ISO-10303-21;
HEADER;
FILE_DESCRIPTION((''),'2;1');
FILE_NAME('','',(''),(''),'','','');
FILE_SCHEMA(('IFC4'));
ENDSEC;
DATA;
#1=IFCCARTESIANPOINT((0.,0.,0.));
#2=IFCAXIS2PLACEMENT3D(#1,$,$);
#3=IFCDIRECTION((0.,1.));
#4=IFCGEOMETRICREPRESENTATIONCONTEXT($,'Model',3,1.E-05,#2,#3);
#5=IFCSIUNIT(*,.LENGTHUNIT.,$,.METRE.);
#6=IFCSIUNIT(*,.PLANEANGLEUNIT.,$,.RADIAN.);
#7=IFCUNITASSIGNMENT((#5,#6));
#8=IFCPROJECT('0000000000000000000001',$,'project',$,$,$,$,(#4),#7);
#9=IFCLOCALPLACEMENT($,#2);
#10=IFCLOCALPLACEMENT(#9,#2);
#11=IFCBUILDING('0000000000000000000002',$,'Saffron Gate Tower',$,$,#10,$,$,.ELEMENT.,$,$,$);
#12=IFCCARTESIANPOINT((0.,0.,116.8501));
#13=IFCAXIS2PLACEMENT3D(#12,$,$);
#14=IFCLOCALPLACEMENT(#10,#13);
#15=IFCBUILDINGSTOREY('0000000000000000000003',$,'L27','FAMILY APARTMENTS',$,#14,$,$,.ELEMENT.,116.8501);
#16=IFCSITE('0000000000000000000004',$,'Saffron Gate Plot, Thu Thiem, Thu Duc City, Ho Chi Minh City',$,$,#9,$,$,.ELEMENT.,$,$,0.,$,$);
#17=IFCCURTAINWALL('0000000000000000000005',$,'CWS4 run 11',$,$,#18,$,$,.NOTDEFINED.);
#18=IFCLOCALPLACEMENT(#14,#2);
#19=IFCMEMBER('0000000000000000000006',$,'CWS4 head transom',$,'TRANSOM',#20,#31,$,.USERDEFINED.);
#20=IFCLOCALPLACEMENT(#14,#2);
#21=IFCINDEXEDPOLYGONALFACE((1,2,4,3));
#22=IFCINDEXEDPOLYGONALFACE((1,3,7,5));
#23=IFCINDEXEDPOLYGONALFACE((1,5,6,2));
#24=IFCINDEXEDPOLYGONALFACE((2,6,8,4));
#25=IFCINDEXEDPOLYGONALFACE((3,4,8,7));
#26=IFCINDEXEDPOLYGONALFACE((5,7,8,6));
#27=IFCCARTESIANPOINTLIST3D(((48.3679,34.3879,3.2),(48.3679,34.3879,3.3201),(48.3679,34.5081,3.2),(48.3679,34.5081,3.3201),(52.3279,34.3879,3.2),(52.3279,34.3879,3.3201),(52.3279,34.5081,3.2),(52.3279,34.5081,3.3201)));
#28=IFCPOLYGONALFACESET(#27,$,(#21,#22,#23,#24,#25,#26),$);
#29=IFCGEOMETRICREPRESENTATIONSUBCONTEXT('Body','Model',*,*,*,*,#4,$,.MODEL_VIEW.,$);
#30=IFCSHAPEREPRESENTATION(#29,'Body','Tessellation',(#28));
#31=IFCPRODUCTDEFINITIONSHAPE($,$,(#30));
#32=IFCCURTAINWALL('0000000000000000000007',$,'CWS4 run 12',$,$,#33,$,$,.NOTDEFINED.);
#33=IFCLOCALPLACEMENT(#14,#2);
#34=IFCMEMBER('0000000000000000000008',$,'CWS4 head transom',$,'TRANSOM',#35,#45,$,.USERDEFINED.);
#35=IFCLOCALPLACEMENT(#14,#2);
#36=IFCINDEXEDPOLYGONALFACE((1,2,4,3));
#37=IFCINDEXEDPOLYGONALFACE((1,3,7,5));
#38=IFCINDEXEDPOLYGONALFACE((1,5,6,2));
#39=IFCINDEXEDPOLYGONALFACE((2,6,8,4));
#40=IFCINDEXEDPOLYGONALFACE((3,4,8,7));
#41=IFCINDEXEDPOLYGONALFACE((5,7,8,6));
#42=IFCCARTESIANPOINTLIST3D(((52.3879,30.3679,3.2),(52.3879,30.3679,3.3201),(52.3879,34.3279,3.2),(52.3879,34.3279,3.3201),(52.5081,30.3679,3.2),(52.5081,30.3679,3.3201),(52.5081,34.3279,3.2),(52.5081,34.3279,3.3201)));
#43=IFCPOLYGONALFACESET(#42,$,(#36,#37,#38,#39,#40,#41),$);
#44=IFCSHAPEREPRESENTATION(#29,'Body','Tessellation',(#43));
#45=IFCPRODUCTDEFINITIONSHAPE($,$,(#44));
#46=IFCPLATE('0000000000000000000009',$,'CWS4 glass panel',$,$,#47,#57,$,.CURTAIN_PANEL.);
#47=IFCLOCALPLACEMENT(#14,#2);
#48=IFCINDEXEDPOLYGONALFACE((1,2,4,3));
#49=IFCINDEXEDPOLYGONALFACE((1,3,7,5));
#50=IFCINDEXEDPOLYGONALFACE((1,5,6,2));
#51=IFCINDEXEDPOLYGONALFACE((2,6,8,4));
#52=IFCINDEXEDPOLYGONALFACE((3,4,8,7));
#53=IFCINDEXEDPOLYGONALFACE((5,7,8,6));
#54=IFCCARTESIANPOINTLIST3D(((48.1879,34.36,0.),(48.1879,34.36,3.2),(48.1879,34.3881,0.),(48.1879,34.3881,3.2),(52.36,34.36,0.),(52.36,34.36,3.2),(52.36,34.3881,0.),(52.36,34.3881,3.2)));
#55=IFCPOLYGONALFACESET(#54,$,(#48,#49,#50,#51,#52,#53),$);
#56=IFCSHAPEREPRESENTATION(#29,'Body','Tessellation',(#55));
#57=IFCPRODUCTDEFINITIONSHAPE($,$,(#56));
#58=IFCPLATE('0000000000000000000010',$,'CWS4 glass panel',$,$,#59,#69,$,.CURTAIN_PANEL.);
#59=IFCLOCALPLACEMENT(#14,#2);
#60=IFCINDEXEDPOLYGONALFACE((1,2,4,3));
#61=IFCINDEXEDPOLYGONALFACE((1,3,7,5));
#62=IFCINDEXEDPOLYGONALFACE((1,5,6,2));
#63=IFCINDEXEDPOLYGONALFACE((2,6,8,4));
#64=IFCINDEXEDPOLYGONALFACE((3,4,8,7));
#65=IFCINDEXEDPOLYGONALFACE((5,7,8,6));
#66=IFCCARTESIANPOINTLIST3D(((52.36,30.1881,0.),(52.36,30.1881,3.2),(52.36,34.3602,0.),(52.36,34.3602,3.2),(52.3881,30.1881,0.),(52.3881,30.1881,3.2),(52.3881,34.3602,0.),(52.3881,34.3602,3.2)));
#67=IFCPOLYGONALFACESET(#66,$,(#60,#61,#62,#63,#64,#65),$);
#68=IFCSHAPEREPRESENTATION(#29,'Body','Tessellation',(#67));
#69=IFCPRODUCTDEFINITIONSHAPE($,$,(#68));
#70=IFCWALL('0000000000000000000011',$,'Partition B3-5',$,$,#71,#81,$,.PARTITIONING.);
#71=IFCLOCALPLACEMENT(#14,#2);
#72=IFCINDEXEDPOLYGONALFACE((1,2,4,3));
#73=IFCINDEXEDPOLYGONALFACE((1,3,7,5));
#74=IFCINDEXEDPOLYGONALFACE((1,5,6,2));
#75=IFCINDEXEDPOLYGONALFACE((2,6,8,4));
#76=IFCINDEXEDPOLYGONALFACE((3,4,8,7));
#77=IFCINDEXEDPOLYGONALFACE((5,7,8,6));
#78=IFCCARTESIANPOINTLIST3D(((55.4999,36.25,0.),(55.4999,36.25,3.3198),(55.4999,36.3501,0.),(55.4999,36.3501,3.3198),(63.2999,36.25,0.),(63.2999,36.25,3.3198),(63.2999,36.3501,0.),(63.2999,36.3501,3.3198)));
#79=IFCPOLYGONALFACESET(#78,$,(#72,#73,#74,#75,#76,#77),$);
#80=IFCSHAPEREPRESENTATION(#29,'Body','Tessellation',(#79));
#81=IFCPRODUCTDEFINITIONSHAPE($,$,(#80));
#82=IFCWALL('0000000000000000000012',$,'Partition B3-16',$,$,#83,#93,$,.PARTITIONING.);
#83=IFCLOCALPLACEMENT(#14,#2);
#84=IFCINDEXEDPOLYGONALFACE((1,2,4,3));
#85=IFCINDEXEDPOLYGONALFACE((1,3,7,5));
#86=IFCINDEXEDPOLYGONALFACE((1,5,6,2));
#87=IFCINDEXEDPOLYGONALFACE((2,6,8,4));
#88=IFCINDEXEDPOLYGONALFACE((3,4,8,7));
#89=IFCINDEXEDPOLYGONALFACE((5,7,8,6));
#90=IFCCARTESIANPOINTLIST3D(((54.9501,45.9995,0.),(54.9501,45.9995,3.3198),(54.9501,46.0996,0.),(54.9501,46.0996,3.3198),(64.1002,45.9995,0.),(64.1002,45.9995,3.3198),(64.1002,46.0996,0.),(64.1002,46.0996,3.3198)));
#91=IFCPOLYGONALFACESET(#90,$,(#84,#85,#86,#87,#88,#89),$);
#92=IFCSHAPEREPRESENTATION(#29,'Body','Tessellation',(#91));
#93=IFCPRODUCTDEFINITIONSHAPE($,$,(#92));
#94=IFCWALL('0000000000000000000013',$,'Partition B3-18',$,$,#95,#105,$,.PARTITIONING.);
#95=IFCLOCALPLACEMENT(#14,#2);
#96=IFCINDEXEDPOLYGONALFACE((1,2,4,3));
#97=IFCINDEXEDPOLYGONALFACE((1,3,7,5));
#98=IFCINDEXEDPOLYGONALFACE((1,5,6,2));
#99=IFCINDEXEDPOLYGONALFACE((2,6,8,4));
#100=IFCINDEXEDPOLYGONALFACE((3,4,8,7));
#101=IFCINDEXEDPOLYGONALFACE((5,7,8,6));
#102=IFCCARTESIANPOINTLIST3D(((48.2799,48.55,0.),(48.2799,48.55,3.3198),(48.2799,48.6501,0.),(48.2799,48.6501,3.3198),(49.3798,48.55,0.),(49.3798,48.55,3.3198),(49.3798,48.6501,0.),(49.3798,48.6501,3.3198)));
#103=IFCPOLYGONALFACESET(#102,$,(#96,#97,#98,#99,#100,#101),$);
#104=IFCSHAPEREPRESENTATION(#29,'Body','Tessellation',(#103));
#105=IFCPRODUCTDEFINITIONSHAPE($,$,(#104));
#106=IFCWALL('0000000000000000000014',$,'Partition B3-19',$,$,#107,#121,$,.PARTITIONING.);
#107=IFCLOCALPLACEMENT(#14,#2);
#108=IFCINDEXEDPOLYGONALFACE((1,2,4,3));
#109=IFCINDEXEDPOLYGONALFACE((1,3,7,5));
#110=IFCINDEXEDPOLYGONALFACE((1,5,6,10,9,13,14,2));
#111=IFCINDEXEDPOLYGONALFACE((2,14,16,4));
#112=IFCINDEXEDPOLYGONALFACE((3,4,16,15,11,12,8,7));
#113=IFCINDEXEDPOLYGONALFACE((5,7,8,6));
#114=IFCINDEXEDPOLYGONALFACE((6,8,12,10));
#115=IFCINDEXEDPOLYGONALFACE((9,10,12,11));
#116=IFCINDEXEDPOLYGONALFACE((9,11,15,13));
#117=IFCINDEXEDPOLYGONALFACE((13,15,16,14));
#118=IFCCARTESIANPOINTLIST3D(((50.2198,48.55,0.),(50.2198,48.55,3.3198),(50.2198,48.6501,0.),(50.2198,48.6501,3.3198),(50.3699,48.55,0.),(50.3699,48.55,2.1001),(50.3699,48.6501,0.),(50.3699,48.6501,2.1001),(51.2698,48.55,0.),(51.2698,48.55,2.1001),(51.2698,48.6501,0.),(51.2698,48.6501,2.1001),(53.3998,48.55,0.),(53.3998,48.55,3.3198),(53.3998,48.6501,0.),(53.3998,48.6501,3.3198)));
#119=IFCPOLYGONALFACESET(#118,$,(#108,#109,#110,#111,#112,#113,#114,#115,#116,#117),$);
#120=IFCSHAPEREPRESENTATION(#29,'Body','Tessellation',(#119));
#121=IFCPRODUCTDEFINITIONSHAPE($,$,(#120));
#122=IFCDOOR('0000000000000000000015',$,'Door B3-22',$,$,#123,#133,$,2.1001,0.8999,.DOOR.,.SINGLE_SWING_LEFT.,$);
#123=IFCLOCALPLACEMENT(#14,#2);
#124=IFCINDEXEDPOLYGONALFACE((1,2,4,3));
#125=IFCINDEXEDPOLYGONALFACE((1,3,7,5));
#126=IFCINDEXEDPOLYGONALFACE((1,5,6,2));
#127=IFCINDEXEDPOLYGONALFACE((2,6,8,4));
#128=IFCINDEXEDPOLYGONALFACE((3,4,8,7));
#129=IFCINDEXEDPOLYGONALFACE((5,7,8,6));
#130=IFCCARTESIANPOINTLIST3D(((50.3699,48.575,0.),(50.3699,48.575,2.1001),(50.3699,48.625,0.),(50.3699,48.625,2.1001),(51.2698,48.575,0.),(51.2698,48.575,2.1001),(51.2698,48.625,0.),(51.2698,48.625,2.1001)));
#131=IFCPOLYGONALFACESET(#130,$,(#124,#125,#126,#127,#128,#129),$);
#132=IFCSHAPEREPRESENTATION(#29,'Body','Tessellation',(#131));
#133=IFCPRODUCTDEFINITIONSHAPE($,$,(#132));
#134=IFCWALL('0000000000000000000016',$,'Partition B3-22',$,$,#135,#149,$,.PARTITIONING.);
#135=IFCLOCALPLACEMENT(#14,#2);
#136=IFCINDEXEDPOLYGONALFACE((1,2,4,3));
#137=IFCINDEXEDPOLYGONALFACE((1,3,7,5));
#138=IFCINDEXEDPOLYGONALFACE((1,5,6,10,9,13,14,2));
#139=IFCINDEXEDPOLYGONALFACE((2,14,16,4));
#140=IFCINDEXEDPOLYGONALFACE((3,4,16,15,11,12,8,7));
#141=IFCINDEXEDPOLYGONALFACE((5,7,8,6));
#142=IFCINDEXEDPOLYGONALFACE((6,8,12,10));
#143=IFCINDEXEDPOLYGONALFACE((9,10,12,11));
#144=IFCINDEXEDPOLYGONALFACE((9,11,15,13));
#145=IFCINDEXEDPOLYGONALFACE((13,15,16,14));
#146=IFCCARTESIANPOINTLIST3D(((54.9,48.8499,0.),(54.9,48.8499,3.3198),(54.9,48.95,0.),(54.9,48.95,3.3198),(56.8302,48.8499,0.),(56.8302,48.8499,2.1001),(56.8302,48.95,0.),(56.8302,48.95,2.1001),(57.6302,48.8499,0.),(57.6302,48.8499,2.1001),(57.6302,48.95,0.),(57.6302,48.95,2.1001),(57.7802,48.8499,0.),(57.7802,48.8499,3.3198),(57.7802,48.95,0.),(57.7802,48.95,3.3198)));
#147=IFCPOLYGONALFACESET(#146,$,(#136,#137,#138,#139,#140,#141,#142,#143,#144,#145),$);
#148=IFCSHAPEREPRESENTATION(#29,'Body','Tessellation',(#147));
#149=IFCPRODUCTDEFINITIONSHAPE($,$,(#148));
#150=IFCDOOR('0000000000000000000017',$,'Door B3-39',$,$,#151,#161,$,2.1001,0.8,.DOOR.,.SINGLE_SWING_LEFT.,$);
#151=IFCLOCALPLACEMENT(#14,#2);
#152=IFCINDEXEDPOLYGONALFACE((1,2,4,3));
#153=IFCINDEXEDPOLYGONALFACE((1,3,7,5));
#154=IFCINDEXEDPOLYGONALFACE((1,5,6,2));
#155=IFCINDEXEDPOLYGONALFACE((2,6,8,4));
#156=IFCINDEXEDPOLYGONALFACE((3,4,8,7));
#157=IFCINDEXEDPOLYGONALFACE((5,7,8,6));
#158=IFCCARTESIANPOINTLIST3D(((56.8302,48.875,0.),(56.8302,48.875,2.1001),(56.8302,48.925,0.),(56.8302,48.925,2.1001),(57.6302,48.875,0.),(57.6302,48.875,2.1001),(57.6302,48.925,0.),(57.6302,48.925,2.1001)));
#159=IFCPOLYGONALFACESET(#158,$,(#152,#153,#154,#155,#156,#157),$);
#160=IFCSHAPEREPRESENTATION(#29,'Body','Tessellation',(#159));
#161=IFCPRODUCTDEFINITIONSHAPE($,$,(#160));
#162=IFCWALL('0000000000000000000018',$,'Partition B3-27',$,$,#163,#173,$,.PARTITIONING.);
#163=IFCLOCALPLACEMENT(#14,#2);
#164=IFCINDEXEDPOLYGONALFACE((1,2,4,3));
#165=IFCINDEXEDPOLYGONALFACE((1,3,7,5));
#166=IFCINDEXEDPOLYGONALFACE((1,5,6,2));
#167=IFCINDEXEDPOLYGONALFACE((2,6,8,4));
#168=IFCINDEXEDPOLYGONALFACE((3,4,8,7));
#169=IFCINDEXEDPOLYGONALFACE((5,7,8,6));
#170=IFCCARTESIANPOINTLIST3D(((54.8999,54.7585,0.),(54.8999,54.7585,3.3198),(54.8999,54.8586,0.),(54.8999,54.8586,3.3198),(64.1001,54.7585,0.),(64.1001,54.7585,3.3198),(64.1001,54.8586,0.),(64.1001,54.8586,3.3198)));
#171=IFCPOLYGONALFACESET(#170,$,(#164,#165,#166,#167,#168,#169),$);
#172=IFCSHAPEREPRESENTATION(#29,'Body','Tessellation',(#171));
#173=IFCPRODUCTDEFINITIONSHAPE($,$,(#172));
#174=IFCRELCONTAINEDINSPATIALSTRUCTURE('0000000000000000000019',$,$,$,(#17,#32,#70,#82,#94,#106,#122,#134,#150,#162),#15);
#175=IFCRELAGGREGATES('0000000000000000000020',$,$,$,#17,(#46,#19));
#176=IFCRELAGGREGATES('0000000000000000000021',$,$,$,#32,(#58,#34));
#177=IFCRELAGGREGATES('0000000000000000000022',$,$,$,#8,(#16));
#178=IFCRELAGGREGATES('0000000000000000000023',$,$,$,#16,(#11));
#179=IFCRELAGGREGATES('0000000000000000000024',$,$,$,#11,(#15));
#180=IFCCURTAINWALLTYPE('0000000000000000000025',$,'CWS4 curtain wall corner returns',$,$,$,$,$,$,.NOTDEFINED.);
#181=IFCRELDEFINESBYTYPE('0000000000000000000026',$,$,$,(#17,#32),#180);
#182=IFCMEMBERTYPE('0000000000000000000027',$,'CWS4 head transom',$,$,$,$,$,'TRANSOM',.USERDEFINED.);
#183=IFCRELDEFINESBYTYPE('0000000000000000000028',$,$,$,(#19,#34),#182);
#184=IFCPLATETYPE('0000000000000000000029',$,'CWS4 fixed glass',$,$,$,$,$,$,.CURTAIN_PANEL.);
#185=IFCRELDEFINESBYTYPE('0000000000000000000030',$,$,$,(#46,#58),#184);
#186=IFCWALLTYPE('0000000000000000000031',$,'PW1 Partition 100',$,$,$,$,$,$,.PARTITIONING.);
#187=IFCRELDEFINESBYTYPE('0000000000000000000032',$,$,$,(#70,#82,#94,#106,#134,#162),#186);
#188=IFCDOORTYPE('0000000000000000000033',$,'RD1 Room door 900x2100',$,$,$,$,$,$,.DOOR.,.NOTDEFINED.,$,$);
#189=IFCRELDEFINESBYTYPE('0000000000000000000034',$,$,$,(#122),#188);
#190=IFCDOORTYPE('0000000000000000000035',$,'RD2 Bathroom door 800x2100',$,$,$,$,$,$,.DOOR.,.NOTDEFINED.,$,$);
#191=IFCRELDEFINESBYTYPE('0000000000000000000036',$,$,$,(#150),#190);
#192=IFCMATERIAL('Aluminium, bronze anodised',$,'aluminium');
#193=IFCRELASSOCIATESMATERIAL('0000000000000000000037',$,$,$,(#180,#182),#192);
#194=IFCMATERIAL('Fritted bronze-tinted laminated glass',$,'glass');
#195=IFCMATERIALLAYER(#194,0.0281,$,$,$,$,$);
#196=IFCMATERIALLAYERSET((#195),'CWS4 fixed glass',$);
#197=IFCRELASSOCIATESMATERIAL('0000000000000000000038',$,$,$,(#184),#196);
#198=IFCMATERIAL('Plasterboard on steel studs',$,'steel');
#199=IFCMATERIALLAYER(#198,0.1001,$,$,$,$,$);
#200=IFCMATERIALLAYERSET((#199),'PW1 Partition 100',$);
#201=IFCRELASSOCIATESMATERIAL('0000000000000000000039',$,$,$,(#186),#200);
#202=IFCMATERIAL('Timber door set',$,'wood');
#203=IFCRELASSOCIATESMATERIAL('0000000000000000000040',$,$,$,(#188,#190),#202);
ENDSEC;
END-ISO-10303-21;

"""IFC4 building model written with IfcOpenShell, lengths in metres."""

from ifc_helpers import new_model, si_unit, direction, frame, frame_2d, origin, origin_2d, place, context, subcontext, project, spatial, rectangle, extrude, material, layer, layer_set, material_profile, profile_set, type_object, element, fill, aggregate, save


model = new_model("IFC4")

# Units and contexts
model_context = context("Model", 3, precision=1e-05, world=origin(), true_north=direction((0.0, 1.0)))
body_context = subcontext(model_context, "Body", "Model", "MODEL_VIEW")
ifc_project = project(units=[si_unit("LENGTHUNIT", "METRE"), si_unit("PLANEANGLEUNIT", "RADIAN")], contexts=[model_context])

# Site, building, storey
site_placement = place(None, origin())
site = spatial("IfcSite", under=ifc_project, at=site_placement, Name="Saffron Gate Plot, Thu Thiem, Thu Duc City, Ho Chi Minh City", CompositionType="ELEMENT", RefElevation=0.0)
building_placement = place(site_placement, origin())
building = spatial("IfcBuilding", under=site, at=building_placement, Name="Saffron Gate Tower", CompositionType="ELEMENT")
storey_placement = place(building_placement, frame((0.0, 0.0, 116.8501)))
storey = spatial("IfcBuildingStorey", under=building, at=storey_placement, Name="L27", Description="FAMILY APARTMENTS", CompositionType="ELEMENT", Elevation=116.8501)

# Shared definitions
ifc_material_1 = material(Name="Aluminium, bronze anodised", Category="aluminium")

# Curtain walls, members
curtain_wall_type_1 = type_object("IfcCurtainWallType", Name="CWS4 curtain wall corner returns", PredefinedType="NOTDEFINED", material=ifc_material_1)
curtain_wall_1_placement = place(storey_placement, origin())
curtain_wall_1 = element("IfcCurtainWall", 1, at=curtain_wall_1_placement, inside=storey, type_object=curtain_wall_type_1, Name="CWS4 run 11", PredefinedType="NOTDEFINED")
ifc_material_profile_1 = material_profile(ifc_material_1, rectangle(XDim=0.1201, YDim=0.1201, at=origin_2d()))
ifc_profile_set_1 = profile_set([ifc_material_profile_1], Name="Aluminium, bronze anodised")
member_type_1 = type_object("IfcMemberType", Name="CWS4 head transom", ElementType="TRANSOM", PredefinedType="USERDEFINED", material=ifc_profile_set_1)
member_1_placement = place(storey_placement, frame((48.3679, 34.448, 3.26), z_axis=(1.0, 0.0, 0.0), x_axis=(0.0, 1.0, 0.0)))
member_1 = element("IfcMember", 2, at=member_1_placement, type_object=member_type_1, Name="CWS4 head transom", ObjectType="TRANSOM", PredefinedType="USERDEFINED", context=body_context, shape_type="SweptSolid", body=[
    extrude(rectangle(XDim=0.1201, YDim=0.1201, at=origin_2d()), origin(), (0.0, 0.0, 1.0), 3.96),
])
curtain_wall_2_placement = place(storey_placement, origin())
curtain_wall_2 = element("IfcCurtainWall", 3, at=curtain_wall_2_placement, inside=storey, type_object=curtain_wall_type_1, Name="CWS4 run 12", PredefinedType="NOTDEFINED")
member_2_placement = place(storey_placement, frame((52.448, 34.3279, 3.26), z_axis=(0.0, -1.0, 0.0), x_axis=(1.0, 0.0, 0.0)))
member_2 = element("IfcMember", 4, at=member_2_placement, type_object=member_type_1, Name="CWS4 head transom", ObjectType="TRANSOM", PredefinedType="USERDEFINED", context=body_context, shape_type="SweptSolid", body=[
    extrude(rectangle(XDim=0.1201, YDim=0.1201, at=origin_2d()), origin(), (0.0, 0.0, 1.0), 3.96),
])

# Plates
ifc_material_2 = material(Name="Fritted bronze-tinted laminated glass", Category="glass")
ifc_layer_1 = layer(ifc_material_2, 0.0281)
ifc_layer_set_1 = layer_set([ifc_layer_1], Name="CWS4 fixed glass")
plate_type = type_object("IfcPlateType", Name="CWS4 fixed glass", PredefinedType="CURTAIN_PANEL", material=ifc_layer_set_1)
plate_1_placement = place(storey_placement, frame((48.188, 34.374, 0.0), z_axis=(0.0, 0.0, 1.0), x_axis=(1.0, 0.0, 0.0)))
plate_1 = element("IfcPlate", 5, at=plate_1_placement, type_object=plate_type, Name="CWS4 glass panel", PredefinedType="CURTAIN_PANEL", context=body_context, shape_type="SweptSolid", body=[
    extrude(rectangle(XDim=4.1721, YDim=0.0281, at=frame_2d((2.0859, 0.0))), origin(), (0.0, 0.0, 1.0), 3.2),
])
aggregate(curtain_wall_1, [plate_1, member_1])
plate_2_placement = place(storey_placement, frame((52.374, 34.3601, 0.0), z_axis=(0.0, 0.0, 1.0), x_axis=(0.0, -1.0, 0.0)))
plate_2 = element("IfcPlate", 6, at=plate_2_placement, type_object=plate_type, Name="CWS4 glass panel", PredefinedType="CURTAIN_PANEL", context=body_context, shape_type="SweptSolid", body=[
    extrude(rectangle(XDim=4.1721, YDim=0.0281, at=frame_2d((2.0859, 0.0))), origin(), (0.0, 0.0, 1.0), 3.2),
])
aggregate(curtain_wall_2, [plate_2, member_2])

# Walls
ifc_material_3 = material(Name="Plasterboard on steel studs", Category="steel")
ifc_layer_2 = layer(ifc_material_3, 0.1001)
ifc_layer_set_2 = layer_set([ifc_layer_2], Name="PW1 Partition 100")
wall_type_1 = type_object("IfcWallType", Name="PW1 Partition 100", PredefinedType="PARTITIONING", material=ifc_layer_set_2)
wall_1_placement = place(storey_placement, frame((55.5, 36.3, 0.0), z_axis=(0.0, 0.0, 1.0), x_axis=(1.0, 0.0, 0.0)))
element("IfcWall", 7, at=wall_1_placement, inside=storey, type_object=wall_type_1, Name="Partition B3-5", PredefinedType="PARTITIONING", context=body_context, shape_type="SweptSolid", body=[
    extrude(rectangle(XDim=7.8, YDim=0.1001, at=frame_2d((3.8999, 0.0))), origin(), (0.0, 0.0, 1.0), 3.3198),
])
wall_2_placement = place(storey_placement, frame((54.95, 46.0496, 0.0), z_axis=(0.0, 0.0, 1.0), x_axis=(1.0, 0.0, 0.0)))
element("IfcWall", 8, at=wall_2_placement, inside=storey, type_object=wall_type_1, Name="Partition B3-16", PredefinedType="PARTITIONING", context=body_context, shape_type="SweptSolid", body=[
    extrude(rectangle(XDim=9.1501, YDim=0.1001, at=frame_2d((4.5752, 0.0))), origin(), (0.0, 0.0, 1.0), 3.3198),
])
wall_3_placement = place(storey_placement, frame((48.28, 48.6001, 0.0), z_axis=(0.0, 0.0, 1.0), x_axis=(1.0, 0.0, 0.0)))
element("IfcWall", 9, at=wall_3_placement, inside=storey, type_object=wall_type_1, Name="Partition B3-18", PredefinedType="PARTITIONING", context=body_context, shape_type="SweptSolid", body=[
    extrude(rectangle(XDim=1.0999, YDim=0.1001, at=frame_2d((0.5498, 0.0))), origin(), (0.0, 0.0, 1.0), 3.3198),
])

# Walls, openings, doors
wall_4_placement = place(storey_placement, frame((50.22, 48.6001, 0.0), z_axis=(0.0, 0.0, 1.0), x_axis=(1.0, 0.0, 0.0)))
wall_4 = element("IfcWall", 10, at=wall_4_placement, inside=storey, type_object=wall_type_1, Name="Partition B3-19", PredefinedType="PARTITIONING", context=body_context, shape_type="SweptSolid", body=[
    extrude(rectangle(XDim=3.1799, YDim=0.1001, at=frame_2d((1.5898, 0.0))), origin(), (0.0, 0.0, 1.0), 3.3198),
])
opening_1_placement = place(wall_4_placement, frame((0.1499, 0.0, 0.0)))
opening_1 = element("IfcOpeningElement", 11, at=opening_1_placement, cuts=wall_4, PredefinedType="OPENING", context=body_context, shape_type="SweptSolid", body=[
    extrude(rectangle(XDim=0.8999, YDim=2.1001, at=frame_2d((0.45, 1.05))), frame((0.0, 0.0601, 0.0), z_axis=(0.0, -1.0, 0.0), x_axis=(1.0, 0.0, 0.0)), (0.0, 0.0, 1.0), 0.1201),
])
ifc_material_4 = material(Name="Timber door set", Category="wood")
door_type_1 = type_object("IfcDoorType", Name="RD1 Room door 900x2100", OperationType="NOTDEFINED", PredefinedType="DOOR", material=ifc_material_4)
door_1_placement = place(opening_1_placement, origin())
door_1 = element("IfcDoor", 12, at=door_1_placement, inside=storey, type_object=door_type_1, Name="Door B3-22", OperationType="SINGLE_SWING_LEFT", OverallHeight=2.1001, OverallWidth=0.8999, PredefinedType="DOOR", context=body_context, shape_type="SweptSolid", body=[
    extrude(rectangle(XDim=0.8999, YDim=2.1001, at=frame_2d((0.45, 1.05))), frame((0.0, 0.0249, 0.0), z_axis=(0.0, -1.0, 0.0), x_axis=(1.0, 0.0, 0.0)), (0.0, 0.0, 1.0), 0.05),
])
fill(opening_1, door_1)
wall_5_placement = place(storey_placement, frame((57.78, 48.8999, 0.0), z_axis=(0.0, 0.0, 1.0), x_axis=(-1.0, 0.0, 0.0)))
wall_5 = element("IfcWall", 13, at=wall_5_placement, inside=storey, type_object=wall_type_1, Name="Partition B3-22", PredefinedType="PARTITIONING", context=body_context, shape_type="SweptSolid", body=[
    extrude(rectangle(XDim=2.8801, YDim=0.1001, at=frame_2d((1.4399, 0.0))), origin(), (0.0, 0.0, 1.0), 3.3198),
])
opening_2_placement = place(wall_5_placement, frame((0.1499, 0.0, 0.0)))
opening_2 = element("IfcOpeningElement", 14, at=opening_2_placement, cuts=wall_5, PredefinedType="OPENING", context=body_context, shape_type="SweptSolid", body=[
    extrude(rectangle(XDim=0.8, YDim=2.1001, at=frame_2d((0.3999, 1.05))), frame((0.0, 0.0601, 0.0), z_axis=(0.0, -1.0, 0.0), x_axis=(1.0, 0.0, 0.0)), (0.0, 0.0, 1.0), 0.1201),
])
door_type_2 = type_object("IfcDoorType", Name="RD2 Bathroom door 800x2100", OperationType="NOTDEFINED", PredefinedType="DOOR", material=ifc_material_4)
door_2_placement = place(opening_2_placement, origin())
door_2 = element("IfcDoor", 15, at=door_2_placement, inside=storey, type_object=door_type_2, Name="Door B3-39", OperationType="SINGLE_SWING_LEFT", OverallHeight=2.1001, OverallWidth=0.8, PredefinedType="DOOR", context=body_context, shape_type="SweptSolid", body=[
    extrude(rectangle(XDim=0.8, YDim=2.1001, at=frame_2d((0.3999, 1.05))), frame((0.0, 0.0249, 0.0), z_axis=(0.0, -1.0, 0.0), x_axis=(1.0, 0.0, 0.0)), (0.0, 0.0, 1.0), 0.05),
])
fill(opening_2, door_2)

# Wall
wall_6_placement = place(storey_placement, frame((54.8999, 54.8086, 0.0), z_axis=(0.0, 0.0, 1.0), x_axis=(1.0, 0.0, 0.0)))
element("IfcWall", 16, at=wall_6_placement, inside=storey, type_object=wall_type_1, Name="Partition B3-27", PredefinedType="PARTITIONING", context=body_context, shape_type="SweptSolid", body=[
    extrude(rectangle(XDim=9.2002, YDim=0.1001, at=frame_2d((4.6001, 0.0))), origin(), (0.0, 0.0, 1.0), 3.3198),
])

save(model, "model.ifc")
